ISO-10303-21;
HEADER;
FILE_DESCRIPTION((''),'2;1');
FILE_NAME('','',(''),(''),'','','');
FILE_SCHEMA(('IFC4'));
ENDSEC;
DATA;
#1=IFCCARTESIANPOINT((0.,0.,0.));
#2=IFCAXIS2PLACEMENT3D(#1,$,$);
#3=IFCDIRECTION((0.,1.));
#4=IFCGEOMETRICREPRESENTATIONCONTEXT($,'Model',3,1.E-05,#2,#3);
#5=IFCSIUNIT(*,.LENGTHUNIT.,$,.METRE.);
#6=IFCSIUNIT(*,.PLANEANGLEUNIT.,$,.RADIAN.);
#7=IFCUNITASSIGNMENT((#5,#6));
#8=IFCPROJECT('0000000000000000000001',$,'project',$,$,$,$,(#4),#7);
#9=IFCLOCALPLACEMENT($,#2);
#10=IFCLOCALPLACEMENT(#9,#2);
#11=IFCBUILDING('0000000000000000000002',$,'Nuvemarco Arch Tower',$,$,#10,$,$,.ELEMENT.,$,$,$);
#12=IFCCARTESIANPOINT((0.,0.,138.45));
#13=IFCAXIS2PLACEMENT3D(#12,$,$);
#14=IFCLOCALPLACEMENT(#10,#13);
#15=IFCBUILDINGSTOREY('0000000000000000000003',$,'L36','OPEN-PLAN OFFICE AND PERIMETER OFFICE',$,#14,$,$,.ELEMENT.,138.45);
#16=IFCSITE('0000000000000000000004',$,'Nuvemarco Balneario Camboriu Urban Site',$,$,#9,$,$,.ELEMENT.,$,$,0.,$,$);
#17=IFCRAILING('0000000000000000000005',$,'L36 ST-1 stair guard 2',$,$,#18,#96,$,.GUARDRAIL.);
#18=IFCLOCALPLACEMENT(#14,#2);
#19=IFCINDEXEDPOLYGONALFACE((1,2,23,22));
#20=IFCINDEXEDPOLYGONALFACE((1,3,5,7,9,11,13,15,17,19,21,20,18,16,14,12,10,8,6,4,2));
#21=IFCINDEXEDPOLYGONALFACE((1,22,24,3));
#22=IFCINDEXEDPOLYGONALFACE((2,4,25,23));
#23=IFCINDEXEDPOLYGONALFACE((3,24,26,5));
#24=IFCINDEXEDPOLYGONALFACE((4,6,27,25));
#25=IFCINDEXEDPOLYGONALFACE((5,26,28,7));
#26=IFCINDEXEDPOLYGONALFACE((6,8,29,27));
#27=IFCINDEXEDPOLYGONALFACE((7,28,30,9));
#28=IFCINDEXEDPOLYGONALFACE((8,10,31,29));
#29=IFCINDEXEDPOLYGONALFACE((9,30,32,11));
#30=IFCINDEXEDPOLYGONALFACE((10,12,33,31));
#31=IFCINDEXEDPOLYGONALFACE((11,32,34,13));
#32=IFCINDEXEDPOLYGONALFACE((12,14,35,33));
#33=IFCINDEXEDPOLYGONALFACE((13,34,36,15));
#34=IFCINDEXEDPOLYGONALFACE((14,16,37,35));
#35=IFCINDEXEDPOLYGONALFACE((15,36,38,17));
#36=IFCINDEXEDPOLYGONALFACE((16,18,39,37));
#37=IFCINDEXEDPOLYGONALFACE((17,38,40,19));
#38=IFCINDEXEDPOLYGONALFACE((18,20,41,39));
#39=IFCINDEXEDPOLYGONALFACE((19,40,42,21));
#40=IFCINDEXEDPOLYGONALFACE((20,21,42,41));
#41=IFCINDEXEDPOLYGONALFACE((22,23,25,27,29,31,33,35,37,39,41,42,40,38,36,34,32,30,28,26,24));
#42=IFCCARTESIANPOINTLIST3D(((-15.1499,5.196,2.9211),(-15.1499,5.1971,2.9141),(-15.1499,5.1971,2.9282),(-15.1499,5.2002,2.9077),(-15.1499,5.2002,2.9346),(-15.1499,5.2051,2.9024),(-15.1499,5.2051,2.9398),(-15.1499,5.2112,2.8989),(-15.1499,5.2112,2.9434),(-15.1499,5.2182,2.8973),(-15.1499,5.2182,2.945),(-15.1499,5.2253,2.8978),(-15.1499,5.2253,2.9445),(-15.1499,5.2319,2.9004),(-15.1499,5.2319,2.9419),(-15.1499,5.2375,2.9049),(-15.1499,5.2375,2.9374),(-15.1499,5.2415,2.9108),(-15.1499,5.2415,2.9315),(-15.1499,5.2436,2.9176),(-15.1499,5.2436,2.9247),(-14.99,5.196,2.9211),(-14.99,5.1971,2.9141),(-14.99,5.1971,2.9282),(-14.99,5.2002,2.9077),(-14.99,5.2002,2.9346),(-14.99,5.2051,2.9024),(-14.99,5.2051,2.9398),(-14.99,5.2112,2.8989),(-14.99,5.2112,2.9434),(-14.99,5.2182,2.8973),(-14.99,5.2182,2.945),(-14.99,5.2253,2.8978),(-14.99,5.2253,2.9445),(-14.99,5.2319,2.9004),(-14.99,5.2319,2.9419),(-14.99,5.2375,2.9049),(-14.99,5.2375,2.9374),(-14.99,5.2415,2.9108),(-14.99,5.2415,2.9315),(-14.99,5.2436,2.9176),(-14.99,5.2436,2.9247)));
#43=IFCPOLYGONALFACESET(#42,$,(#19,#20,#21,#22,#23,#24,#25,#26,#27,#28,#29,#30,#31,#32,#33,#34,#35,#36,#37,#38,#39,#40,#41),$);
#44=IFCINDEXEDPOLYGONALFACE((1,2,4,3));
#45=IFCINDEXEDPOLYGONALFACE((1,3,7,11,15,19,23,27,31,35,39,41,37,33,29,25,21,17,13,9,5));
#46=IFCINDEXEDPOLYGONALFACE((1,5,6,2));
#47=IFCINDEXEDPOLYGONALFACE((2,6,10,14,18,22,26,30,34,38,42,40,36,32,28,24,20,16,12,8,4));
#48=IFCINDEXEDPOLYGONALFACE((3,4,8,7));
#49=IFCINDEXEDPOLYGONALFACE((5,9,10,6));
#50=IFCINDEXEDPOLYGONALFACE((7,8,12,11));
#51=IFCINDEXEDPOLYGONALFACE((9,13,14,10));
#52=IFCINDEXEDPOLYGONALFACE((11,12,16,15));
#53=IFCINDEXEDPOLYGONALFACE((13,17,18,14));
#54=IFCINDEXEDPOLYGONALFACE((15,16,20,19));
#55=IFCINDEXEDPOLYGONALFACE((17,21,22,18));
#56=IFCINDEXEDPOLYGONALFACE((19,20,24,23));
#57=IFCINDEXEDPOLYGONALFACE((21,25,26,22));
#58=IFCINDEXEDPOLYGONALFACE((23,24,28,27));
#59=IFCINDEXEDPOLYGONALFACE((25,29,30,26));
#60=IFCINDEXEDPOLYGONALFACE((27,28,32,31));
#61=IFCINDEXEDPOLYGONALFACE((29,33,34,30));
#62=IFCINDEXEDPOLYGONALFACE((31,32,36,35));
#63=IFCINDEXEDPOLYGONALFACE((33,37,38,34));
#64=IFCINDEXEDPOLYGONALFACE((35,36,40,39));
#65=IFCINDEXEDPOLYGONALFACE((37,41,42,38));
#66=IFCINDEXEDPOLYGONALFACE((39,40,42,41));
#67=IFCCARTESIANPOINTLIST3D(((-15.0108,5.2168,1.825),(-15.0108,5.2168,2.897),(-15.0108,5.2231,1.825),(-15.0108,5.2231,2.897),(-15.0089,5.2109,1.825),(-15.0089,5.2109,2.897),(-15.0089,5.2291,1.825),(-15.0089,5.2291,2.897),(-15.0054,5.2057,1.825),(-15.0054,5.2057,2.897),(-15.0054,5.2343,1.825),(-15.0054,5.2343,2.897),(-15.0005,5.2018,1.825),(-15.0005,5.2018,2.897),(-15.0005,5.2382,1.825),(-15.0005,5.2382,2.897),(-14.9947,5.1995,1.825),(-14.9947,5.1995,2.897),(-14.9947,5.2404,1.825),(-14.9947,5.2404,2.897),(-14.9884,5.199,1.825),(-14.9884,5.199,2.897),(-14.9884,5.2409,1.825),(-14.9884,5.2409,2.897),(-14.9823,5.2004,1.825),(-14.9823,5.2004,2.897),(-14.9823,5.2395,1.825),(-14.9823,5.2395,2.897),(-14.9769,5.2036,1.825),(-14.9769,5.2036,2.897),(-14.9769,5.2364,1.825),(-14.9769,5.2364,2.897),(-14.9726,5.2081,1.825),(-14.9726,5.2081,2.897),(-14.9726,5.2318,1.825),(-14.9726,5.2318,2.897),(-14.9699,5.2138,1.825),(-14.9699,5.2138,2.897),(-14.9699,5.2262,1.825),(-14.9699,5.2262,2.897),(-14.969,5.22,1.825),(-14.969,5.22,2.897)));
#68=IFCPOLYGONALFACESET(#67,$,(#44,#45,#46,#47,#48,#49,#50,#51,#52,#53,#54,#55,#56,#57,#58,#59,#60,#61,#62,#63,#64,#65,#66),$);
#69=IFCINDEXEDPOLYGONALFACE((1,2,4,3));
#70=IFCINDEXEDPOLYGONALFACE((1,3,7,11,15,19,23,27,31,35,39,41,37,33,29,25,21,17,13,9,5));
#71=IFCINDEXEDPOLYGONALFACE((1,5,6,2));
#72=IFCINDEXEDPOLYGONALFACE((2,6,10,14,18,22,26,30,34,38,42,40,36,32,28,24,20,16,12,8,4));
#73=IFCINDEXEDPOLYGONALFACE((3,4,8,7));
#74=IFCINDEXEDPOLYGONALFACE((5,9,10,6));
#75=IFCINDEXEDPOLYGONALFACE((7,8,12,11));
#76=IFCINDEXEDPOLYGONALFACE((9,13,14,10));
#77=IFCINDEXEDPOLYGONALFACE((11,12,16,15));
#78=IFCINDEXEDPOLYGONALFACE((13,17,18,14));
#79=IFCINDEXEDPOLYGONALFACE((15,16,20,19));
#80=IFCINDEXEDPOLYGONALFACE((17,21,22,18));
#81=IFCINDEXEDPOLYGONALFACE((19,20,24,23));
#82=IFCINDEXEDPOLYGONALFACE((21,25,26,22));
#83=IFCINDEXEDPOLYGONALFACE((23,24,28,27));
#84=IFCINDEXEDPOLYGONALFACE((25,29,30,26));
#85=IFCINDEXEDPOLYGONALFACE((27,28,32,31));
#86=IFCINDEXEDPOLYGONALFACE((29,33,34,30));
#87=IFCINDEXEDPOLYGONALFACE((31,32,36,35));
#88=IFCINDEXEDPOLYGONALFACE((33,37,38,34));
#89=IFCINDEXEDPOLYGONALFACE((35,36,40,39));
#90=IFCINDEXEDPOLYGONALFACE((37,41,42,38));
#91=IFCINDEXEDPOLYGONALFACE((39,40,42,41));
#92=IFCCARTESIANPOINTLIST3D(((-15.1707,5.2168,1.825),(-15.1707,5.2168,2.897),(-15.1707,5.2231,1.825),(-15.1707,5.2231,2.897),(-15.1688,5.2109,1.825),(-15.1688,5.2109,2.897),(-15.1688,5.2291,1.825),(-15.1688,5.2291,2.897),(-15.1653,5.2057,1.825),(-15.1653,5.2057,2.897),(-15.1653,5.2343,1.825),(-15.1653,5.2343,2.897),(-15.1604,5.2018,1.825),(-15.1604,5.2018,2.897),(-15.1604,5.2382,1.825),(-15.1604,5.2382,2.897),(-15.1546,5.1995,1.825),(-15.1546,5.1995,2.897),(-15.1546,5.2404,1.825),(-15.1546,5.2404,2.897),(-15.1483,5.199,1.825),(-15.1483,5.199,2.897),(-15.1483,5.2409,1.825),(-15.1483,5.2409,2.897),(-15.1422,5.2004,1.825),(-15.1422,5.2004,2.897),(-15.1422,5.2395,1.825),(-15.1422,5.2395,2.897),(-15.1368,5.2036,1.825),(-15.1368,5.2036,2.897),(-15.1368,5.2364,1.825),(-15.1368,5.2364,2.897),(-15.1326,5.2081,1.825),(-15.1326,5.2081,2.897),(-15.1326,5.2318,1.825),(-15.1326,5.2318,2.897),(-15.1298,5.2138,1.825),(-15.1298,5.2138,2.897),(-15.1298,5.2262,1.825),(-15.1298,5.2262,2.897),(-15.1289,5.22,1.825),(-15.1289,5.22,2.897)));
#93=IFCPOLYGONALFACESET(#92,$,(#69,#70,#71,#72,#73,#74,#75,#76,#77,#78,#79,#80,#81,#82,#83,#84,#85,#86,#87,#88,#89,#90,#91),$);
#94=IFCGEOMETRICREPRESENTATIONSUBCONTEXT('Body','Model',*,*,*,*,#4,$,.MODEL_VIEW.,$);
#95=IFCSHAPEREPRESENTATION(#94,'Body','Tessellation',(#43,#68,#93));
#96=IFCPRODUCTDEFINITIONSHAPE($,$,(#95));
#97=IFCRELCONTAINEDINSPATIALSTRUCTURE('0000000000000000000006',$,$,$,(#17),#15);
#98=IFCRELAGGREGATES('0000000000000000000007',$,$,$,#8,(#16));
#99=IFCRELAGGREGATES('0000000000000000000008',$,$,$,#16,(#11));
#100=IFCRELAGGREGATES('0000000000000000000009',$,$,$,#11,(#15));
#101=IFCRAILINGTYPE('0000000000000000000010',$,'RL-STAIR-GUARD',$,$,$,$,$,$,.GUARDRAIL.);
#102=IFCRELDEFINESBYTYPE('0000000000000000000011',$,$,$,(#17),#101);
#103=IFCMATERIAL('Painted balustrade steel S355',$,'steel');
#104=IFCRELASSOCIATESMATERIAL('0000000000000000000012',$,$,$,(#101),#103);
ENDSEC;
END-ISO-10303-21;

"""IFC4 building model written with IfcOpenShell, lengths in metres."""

from ifc_helpers import new_model, si_unit, direction, frame, origin, origin_2d, place, context, subcontext, project, spatial, circle, extrude, material, type_object, element, save


model = new_model("IFC4")

# Units and contexts
model_context = context("Model", 3, precision=1e-05, world=origin(), true_north=direction((0.0, 1.0)))
body_context = subcontext(model_context, "Body", "Model", "MODEL_VIEW")
ifc_project = project(units=[si_unit("LENGTHUNIT", "METRE"), si_unit("PLANEANGLEUNIT", "RADIAN")], contexts=[model_context])

# Site, building, storey
site_placement = place(None, origin())
site = spatial("IfcSite", under=ifc_project, at=site_placement, Name="Nuvemarco Balneario Camboriu Urban Site", CompositionType="ELEMENT", RefElevation=0.0)
building_placement = place(site_placement, origin())
building = spatial("IfcBuilding", under=site, at=building_placement, Name="Nuvemarco Arch Tower", CompositionType="ELEMENT")
storey_placement = place(building_placement, frame((0.0, 0.0, 138.45)))
storey = spatial("IfcBuildingStorey", under=building, at=storey_placement, Name="L36", Description="OPEN-PLAN OFFICE AND PERIMETER OFFICE", CompositionType="ELEMENT", Elevation=138.45)

# Railing
ifc_material_1 = material(Name="Painted balustrade steel S355", Category="steel")
railing_type_1 = type_object("IfcRailingType", Name="RL-STAIR-GUARD", PredefinedType="GUARDRAIL", material=ifc_material_1)
railing_1_placement = place(storey_placement, frame((-14.99, 5.22, 1.825)))
element("IfcRailing", 1, at=railing_1_placement, inside=storey, type_object=railing_type_1, Name="L36 ST-1 stair guard 2", PredefinedType="GUARDRAIL", context=body_context, shape_type="SweptSolid", body=[
    extrude(circle(Radius=0.0239, at=origin_2d()), frame((0.0, 0.0, 1.0962), z_axis=(-1.0, 0.0, 0.0), x_axis=(0.0, -1.0, 0.0)), (0.0, 0.0, 1.0), 0.1599),
    extrude(circle(Radius=0.021, at=origin_2d()), origin(), (0.0, 0.0, 1.0), 1.072),
    extrude(circle(Radius=0.021, at=origin_2d()), frame((-0.1599, 0.0, 0.0)), (0.0, 0.0, 1.0), 1.072),
])

save(model, "model.ifc")
